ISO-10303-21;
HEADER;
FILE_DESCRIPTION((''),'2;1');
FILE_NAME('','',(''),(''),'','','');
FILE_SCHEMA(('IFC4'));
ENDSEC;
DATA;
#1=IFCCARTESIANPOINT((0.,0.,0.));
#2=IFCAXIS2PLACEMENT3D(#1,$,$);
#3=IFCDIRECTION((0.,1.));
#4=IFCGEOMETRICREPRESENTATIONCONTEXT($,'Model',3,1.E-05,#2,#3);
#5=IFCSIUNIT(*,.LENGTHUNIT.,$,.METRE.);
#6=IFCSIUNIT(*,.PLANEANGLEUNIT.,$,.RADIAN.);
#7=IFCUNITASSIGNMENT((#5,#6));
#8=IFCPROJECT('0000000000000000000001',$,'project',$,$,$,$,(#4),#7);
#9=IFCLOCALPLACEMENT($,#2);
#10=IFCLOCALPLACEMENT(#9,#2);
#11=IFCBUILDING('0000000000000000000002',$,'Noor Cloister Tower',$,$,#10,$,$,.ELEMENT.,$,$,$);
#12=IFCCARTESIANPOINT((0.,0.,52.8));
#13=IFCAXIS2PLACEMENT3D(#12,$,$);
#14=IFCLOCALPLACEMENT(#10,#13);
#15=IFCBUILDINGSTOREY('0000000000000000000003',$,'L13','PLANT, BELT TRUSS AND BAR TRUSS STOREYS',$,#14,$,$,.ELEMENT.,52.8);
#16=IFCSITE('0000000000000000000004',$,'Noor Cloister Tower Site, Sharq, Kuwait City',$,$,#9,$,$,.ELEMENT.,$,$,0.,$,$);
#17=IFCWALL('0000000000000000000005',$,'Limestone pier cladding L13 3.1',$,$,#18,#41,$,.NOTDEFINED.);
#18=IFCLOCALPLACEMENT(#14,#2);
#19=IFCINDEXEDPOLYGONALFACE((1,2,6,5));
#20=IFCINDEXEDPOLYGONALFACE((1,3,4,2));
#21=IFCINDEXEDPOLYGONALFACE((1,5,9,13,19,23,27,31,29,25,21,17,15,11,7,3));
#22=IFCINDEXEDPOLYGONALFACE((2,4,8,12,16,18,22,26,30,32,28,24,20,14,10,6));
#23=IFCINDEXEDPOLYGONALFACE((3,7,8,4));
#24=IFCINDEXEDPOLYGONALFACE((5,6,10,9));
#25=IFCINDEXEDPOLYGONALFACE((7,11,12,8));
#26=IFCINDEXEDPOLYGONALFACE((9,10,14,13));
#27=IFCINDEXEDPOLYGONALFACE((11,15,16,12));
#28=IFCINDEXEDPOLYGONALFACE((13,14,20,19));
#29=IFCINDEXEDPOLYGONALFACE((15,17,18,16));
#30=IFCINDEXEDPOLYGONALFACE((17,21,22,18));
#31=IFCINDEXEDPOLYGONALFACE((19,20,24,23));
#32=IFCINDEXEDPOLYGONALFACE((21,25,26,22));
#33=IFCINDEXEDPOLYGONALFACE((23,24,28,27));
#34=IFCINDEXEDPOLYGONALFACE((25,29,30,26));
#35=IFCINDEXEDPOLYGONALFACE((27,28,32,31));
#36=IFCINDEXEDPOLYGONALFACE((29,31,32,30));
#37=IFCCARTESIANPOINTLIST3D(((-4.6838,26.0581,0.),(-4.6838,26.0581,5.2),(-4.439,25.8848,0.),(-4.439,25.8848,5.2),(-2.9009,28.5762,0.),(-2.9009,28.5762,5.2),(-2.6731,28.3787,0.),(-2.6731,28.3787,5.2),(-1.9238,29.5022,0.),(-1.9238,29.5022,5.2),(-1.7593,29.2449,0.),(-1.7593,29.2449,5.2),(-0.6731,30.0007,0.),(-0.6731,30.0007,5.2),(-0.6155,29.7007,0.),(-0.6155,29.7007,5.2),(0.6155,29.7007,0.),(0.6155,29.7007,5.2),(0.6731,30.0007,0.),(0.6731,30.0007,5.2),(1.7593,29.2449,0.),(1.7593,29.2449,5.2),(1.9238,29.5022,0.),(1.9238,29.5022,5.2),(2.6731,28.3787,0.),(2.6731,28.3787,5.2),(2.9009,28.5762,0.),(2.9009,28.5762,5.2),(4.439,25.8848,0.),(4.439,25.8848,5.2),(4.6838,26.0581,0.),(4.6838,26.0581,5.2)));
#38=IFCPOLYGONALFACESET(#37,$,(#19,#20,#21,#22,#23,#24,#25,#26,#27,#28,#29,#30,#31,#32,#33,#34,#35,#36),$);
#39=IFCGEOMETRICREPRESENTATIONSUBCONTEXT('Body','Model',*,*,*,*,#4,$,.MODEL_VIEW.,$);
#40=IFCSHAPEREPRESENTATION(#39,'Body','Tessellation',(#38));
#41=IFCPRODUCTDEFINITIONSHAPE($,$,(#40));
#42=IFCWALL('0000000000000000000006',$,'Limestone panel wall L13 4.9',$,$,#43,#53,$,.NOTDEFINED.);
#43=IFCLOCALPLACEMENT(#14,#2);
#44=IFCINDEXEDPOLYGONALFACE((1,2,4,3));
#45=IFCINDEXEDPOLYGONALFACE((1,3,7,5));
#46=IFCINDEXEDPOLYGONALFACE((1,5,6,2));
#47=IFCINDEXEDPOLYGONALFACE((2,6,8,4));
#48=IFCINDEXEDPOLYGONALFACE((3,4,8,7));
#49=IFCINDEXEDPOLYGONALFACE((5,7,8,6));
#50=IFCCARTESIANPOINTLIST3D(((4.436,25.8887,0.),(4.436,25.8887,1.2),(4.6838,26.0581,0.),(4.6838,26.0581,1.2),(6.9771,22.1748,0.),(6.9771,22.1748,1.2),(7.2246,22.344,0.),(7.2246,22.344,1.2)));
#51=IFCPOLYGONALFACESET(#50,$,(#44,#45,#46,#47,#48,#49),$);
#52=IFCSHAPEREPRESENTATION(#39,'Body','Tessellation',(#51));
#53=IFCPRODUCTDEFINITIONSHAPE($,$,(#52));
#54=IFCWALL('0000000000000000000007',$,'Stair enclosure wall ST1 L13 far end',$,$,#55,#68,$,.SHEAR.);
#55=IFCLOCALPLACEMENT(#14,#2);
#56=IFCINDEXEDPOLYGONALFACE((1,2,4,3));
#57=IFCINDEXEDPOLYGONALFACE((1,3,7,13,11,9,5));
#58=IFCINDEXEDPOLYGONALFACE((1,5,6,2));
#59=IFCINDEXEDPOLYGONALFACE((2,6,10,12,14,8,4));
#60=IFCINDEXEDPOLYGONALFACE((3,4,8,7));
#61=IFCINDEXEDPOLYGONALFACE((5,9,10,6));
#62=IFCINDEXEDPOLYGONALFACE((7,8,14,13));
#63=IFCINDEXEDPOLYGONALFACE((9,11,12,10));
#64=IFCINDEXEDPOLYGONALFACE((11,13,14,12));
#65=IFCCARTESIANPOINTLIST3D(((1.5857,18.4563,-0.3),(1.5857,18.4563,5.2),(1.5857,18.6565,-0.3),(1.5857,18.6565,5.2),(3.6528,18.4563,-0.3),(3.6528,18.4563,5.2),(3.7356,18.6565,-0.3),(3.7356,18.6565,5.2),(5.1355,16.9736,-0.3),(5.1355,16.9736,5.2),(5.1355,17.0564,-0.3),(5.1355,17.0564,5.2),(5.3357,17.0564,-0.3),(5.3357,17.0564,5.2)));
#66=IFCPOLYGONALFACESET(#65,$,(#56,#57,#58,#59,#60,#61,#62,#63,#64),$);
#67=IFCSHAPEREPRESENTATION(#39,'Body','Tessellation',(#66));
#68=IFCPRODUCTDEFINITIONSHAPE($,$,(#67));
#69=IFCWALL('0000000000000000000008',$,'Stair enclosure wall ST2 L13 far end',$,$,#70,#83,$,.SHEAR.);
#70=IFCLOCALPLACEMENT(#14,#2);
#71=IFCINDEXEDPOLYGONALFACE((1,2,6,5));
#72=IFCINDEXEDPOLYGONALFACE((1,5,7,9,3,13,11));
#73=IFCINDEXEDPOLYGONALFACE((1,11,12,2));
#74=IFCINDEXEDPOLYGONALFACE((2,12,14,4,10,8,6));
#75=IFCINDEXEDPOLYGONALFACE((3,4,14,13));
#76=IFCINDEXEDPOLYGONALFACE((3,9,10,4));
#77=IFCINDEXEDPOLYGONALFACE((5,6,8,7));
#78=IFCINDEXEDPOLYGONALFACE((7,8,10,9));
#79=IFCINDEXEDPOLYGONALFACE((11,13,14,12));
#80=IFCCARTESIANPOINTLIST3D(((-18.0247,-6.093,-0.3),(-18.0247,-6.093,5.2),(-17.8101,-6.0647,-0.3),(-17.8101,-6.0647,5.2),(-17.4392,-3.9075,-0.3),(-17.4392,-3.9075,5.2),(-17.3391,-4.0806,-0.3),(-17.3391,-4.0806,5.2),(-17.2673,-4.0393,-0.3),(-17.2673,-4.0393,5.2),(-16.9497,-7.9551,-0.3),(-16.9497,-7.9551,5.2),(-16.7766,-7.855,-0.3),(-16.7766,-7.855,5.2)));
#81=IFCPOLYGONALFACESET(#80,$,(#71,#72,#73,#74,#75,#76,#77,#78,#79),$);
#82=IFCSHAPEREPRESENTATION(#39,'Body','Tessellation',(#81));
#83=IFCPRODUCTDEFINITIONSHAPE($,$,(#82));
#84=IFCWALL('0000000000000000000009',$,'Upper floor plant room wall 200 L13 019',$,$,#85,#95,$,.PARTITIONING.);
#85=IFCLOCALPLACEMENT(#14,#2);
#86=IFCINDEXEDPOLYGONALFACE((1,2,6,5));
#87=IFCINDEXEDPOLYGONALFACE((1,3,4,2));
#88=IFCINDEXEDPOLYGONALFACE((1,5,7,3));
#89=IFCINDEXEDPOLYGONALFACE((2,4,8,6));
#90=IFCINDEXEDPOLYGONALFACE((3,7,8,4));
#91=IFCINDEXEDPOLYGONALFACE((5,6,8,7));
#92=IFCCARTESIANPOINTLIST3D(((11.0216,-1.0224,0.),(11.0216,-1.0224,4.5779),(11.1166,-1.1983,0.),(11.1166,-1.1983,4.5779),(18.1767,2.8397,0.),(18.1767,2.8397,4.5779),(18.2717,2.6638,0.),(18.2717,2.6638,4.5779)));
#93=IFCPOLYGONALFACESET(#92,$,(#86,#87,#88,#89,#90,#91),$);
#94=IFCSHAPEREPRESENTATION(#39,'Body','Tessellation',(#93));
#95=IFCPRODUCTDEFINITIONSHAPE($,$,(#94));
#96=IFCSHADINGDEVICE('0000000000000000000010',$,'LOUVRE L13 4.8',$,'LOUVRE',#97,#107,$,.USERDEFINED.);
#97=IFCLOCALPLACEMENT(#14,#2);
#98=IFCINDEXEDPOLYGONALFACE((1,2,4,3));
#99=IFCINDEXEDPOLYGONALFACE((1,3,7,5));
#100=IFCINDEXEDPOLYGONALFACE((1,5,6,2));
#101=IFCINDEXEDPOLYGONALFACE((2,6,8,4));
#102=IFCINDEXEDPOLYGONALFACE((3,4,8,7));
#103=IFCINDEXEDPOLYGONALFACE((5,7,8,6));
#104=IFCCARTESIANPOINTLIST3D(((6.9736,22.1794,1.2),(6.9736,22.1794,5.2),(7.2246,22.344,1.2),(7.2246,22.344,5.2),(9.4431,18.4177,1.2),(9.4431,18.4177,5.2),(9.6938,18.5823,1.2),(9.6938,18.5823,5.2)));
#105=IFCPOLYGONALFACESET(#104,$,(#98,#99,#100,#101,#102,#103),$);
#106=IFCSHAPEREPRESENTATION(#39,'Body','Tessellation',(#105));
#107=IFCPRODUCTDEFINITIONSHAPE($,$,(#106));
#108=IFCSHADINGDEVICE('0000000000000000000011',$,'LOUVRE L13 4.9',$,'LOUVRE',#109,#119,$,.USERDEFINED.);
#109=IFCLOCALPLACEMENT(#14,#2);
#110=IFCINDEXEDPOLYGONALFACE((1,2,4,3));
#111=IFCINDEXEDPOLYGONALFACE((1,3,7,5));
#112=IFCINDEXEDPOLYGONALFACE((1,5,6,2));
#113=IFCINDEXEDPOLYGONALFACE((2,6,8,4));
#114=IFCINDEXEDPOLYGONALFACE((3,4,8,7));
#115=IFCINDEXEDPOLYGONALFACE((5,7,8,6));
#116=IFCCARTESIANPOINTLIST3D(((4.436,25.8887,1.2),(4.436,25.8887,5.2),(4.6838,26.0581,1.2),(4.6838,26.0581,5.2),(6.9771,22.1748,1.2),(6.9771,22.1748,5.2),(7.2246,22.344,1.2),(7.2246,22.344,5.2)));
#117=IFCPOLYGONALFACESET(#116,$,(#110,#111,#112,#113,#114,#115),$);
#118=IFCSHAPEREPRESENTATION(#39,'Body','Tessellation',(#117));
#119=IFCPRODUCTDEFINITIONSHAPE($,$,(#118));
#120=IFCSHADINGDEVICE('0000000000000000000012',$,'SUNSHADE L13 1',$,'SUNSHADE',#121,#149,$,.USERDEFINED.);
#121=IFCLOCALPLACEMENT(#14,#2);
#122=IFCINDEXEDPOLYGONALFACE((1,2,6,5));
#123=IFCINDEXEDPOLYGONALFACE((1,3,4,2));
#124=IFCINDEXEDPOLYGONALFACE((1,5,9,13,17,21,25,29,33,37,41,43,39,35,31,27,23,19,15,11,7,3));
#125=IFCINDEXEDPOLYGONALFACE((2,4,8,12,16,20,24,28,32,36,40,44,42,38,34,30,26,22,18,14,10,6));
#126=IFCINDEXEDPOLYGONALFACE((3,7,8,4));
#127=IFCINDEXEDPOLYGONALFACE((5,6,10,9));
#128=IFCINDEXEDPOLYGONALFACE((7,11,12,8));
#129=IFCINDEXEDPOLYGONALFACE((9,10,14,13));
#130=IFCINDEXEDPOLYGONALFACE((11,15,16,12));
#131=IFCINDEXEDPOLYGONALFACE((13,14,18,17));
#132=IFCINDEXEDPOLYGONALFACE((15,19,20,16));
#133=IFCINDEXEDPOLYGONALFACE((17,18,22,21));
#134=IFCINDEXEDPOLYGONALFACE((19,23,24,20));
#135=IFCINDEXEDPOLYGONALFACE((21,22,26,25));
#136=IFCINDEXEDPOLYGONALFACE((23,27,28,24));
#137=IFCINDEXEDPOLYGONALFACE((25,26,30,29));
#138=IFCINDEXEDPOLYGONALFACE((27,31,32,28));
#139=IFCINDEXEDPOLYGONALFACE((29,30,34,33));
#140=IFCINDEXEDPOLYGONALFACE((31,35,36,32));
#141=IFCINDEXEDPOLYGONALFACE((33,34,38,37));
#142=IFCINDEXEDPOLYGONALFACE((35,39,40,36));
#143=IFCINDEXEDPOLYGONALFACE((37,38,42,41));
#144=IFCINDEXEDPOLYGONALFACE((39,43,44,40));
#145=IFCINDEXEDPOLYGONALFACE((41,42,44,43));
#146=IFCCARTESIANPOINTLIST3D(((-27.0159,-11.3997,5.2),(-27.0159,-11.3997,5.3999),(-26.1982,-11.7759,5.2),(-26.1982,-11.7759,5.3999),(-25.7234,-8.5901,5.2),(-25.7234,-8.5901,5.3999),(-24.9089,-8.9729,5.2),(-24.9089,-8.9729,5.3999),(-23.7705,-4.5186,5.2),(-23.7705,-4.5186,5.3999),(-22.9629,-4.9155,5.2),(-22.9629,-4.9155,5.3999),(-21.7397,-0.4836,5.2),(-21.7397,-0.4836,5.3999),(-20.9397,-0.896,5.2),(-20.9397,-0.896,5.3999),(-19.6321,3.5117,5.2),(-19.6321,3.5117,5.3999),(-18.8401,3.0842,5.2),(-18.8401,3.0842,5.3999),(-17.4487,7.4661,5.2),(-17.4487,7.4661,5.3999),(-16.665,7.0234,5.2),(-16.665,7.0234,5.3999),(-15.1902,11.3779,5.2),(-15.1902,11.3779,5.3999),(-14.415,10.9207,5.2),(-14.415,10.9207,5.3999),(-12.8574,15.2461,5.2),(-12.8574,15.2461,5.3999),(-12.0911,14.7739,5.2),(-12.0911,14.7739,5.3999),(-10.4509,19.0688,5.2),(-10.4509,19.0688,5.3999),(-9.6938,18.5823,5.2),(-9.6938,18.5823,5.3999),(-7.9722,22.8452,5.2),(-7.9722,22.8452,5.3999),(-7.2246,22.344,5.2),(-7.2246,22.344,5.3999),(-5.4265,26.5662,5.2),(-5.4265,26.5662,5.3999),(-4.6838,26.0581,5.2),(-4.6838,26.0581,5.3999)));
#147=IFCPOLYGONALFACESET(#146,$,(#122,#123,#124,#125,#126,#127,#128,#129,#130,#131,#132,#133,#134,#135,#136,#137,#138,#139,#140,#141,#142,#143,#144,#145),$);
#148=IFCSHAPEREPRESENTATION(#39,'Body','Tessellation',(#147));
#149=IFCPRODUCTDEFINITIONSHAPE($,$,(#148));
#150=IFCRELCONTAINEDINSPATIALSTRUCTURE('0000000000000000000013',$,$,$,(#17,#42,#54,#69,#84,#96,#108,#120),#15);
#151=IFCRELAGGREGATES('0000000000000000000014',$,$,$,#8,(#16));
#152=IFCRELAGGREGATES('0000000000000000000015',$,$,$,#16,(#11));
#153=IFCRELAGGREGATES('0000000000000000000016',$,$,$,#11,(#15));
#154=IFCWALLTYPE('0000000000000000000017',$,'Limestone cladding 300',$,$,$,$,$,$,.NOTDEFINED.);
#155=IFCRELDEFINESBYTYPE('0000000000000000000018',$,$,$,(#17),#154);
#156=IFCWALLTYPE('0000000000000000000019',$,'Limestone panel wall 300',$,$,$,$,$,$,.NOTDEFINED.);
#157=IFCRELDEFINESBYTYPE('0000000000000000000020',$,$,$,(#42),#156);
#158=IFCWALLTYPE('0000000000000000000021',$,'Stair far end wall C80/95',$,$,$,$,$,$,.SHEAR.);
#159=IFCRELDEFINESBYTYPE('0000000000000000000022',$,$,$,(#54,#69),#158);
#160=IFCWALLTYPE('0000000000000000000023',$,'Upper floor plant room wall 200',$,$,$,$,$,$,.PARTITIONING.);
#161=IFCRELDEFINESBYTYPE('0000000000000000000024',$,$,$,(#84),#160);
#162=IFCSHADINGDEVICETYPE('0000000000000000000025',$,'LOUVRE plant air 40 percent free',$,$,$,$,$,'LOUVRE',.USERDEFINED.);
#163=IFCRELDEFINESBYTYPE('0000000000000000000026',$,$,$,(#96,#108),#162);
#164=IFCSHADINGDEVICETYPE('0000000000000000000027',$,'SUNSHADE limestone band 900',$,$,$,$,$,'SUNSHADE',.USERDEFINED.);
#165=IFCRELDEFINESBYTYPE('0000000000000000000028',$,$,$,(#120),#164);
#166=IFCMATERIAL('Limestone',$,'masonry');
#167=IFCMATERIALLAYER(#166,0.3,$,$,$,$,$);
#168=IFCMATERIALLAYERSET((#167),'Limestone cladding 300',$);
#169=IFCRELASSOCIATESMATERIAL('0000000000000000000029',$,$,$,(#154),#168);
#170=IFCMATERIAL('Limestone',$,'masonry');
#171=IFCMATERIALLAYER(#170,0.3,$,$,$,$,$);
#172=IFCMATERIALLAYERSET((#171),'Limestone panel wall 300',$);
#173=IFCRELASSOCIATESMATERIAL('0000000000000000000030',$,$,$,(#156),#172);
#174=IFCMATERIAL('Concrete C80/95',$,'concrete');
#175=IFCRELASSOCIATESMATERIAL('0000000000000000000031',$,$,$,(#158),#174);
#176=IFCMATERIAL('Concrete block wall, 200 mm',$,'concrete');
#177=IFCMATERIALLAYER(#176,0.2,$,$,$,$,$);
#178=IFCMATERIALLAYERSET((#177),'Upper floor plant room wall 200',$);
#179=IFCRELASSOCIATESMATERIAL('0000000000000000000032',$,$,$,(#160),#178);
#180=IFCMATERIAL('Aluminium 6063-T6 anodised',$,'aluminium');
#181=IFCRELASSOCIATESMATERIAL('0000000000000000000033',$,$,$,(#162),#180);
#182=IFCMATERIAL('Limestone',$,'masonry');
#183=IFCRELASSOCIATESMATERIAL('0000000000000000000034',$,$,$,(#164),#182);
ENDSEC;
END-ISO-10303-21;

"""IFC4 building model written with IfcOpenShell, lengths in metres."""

from ifc_helpers import new_model, si_unit, direction, frame, frame_2d, origin, place, context, subcontext, project, spatial, polyline, rectangle, outline, extrude, material, layer, layer_set, type_object, element, save


model = new_model("IFC4")

# Units and contexts
model_context = context("Model", 3, precision=1e-05, world=origin(), true_north=direction((0.0, 1.0)))
body_context = subcontext(model_context, "Body", "Model", "MODEL_VIEW")
ifc_project = project(units=[si_unit("LENGTHUNIT", "METRE"), si_unit("PLANEANGLEUNIT", "RADIAN")], contexts=[model_context])

# Site, building, storey
site_placement = place(None, origin())
site = spatial("IfcSite", under=ifc_project, at=site_placement, Name="Noor Cloister Tower Site, Sharq, Kuwait City", CompositionType="ELEMENT", RefElevation=0.0)
building_placement = place(site_placement, origin())
building = spatial("IfcBuilding", under=site, at=building_placement, Name="Noor Cloister Tower", CompositionType="ELEMENT")
storey_placement = place(building_placement, frame((0.0, 0.0, 52.8)))
storey = spatial("IfcBuildingStorey", under=building, at=storey_placement, Name="L13", Description="PLANT, BELT TRUSS AND BAR TRUSS STOREYS", CompositionType="ELEMENT", Elevation=52.8)

# Walls
ifc_material_1 = material(Name="Limestone", Category="masonry")
ifc_layer_1 = layer(ifc_material_1, 0.3)
ifc_layer_set_1 = layer_set([ifc_layer_1], Name="Limestone cladding 300")
wall_type_1 = type_object("IfcWallType", Name="Limestone cladding 300", PredefinedType="NOTDEFINED", material=ifc_layer_set_1)
wall_1_placement = place(storey_placement, origin())
element("IfcWall", 1, at=wall_1_placement, inside=storey, type_object=wall_type_1, Name="Limestone pier cladding L13 3.1", PredefinedType="NOTDEFINED", context=body_context, shape_type="SweptSolid", body=[
    extrude(outline(polyline([(4.6838, 26.0581), (2.9009, 28.5762), (1.9238, 29.5022), (0.6731, 30.0007), (-0.6731, 30.0007), (-1.9238, 29.5022), (-2.9009, 28.5762), (-4.6838, 26.0581), (-4.439, 25.8848), (-2.6731, 28.3787), (-1.7593, 29.2449), (-0.6155, 29.7007), (0.6155, 29.7007), (1.7593, 29.2449), (2.6731, 28.3787), (4.439, 25.8848), (4.6838, 26.0581)])), origin(), (0.0, 0.0, 1.0), 5.2),
])
ifc_material_2 = material(Name="Limestone", Category="masonry")
ifc_layer_2 = layer(ifc_material_2, 0.3)
ifc_layer_set_2 = layer_set([ifc_layer_2], Name="Limestone panel wall 300")
wall_type_2 = type_object("IfcWallType", Name="Limestone panel wall 300", PredefinedType="NOTDEFINED", material=ifc_layer_set_2)
wall_2_placement = place(storey_placement, origin())
element("IfcWall", 2, at=wall_2_placement, inside=storey, type_object=wall_type_2, Name="Limestone panel wall L13 4.9", PredefinedType="NOTDEFINED", context=body_context, shape_type="SweptSolid", body=[
    extrude(outline(polyline([(7.2246, 22.344), (4.6838, 26.0581), (4.436, 25.8887), (6.9771, 22.1748), (7.2246, 22.344)])), origin(), (0.0, 0.0, 1.0), 1.2),
])
ifc_material_3 = material(Name="Concrete C80/95", Category="concrete")
wall_type_3 = type_object("IfcWallType", Name="Stair far end wall C80/95", PredefinedType="SHEAR", material=ifc_material_3)
wall_3_placement = place(storey_placement, frame((0.0, 0.0, -0.3)))
element("IfcWall", 3, at=wall_3_placement, inside=storey, type_object=wall_type_3, Name="Stair enclosure wall ST1 L13 far end", PredefinedType="SHEAR", context=body_context, shape_type="SweptSolid", body=[
    extrude(outline(polyline([(5.3357, 17.0564), (3.7356, 18.6565), (1.5857, 18.6565), (1.5857, 18.4563), (3.6528, 18.4563), (5.1355, 16.9736), (5.1355, 17.0564), (5.1355, 17.0564), (5.1355, 17.0564), (5.1355, 17.0564), (5.1355, 17.0564), (5.1355, 17.0564), (5.1355, 17.0564), (5.1355, 17.0564), (5.1355, 17.0564), (5.1355, 17.0564), (5.1355, 17.0564), (5.1355, 17.0564), (5.1355, 17.0564), (5.1355, 17.0564), (5.1355, 17.0564), (5.1355, 17.0564), (5.1355, 17.0564), (5.3357, 17.0564)])), origin(), (0.0, 0.0, 1.0), 5.5),
])
wall_4_placement = place(storey_placement, frame((0.0, 0.0, -0.3)))
element("IfcWall", 4, at=wall_4_placement, inside=storey, type_object=wall_type_3, Name="Stair enclosure wall ST2 L13 far end", PredefinedType="SHEAR", context=body_context, shape_type="SweptSolid", body=[
    extrude(outline(polyline([(-17.4392, -3.9075), (-18.0247, -6.093), (-16.9497, -7.9551), (-16.7766, -7.855), (-17.8101, -6.0647), (-17.2673, -4.0393), (-17.3391, -4.0806), (-17.3391, -4.0806), (-17.3391, -4.0806), (-17.3391, -4.0806), (-17.3391, -4.0806), (-17.3391, -4.0806), (-17.3391, -4.0806), (-17.3391, -4.0806), (-17.3391, -4.0806), (-17.3391, -4.0806), (-17.3391, -4.0806), (-17.3391, -4.0806), (-17.3391, -4.0806), (-17.3391, -4.0806), (-17.3391, -4.0806), (-17.3391, -4.0806), (-17.3391, -4.0806), (-17.4392, -3.9075)])), origin(), (0.0, 0.0, 1.0), 5.5),
])
ifc_material_4 = material(Name="Concrete block wall, 200 mm", Category="concrete")
ifc_layer_3 = layer(ifc_material_4, 0.2)
ifc_layer_set_3 = layer_set([ifc_layer_3], Name="Upper floor plant room wall 200")
wall_type_4 = type_object("IfcWallType", Name="Upper floor plant room wall 200", PredefinedType="PARTITIONING", material=ifc_layer_set_3)
wall_5_placement = place(storey_placement, frame((11.0691, -1.1104, 0.0), z_axis=(0.0, 0.0, 1.0), x_axis=(0.87999, 0.474991, 0.0)))
element("IfcWall", 5, at=wall_5_placement, inside=storey, type_object=wall_type_4, Name="Upper floor plant room wall 200 L13 019", PredefinedType="PARTITIONING", context=body_context, shape_type="SweptSolid", body=[
    extrude(rectangle(XDim=8.1309, YDim=0.2, at=frame_2d((4.0654, 0.0))), origin(), (0.0, 0.0, 1.0), 4.5779),
])

# Shading devices
ifc_material_5 = material(Name="Aluminium 6063-T6 anodised", Category="aluminium")
shading_device_type_1 = type_object("IfcShadingDeviceType", Name="LOUVRE plant air 40 percent free", ElementType="LOUVRE", PredefinedType="USERDEFINED", material=ifc_material_5)
shading_device_1_placement = place(storey_placement, frame((0.0, 0.0, 1.2)))
element("IfcShadingDevice", 6, at=shading_device_1_placement, inside=storey, type_object=shading_device_type_1, Name="LOUVRE L13 4.8", ObjectType="LOUVRE", PredefinedType="USERDEFINED", context=body_context, shape_type="SweptSolid", body=[
    extrude(outline(polyline([(9.6938, 18.5823), (7.2246, 22.344), (6.9736, 22.1794), (9.4431, 18.4177), (9.6938, 18.5823)])), origin(), (0.0, 0.0, 1.0), 4.0),
])
shading_device_2_placement = place(storey_placement, frame((0.0, 0.0, 1.2)))
element("IfcShadingDevice", 7, at=shading_device_2_placement, inside=storey, type_object=shading_device_type_1, Name="LOUVRE L13 4.9", ObjectType="LOUVRE", PredefinedType="USERDEFINED", context=body_context, shape_type="SweptSolid", body=[
    extrude(outline(polyline([(7.2246, 22.344), (4.6838, 26.0581), (4.436, 25.8887), (6.9771, 22.1748), (7.2246, 22.344)])), origin(), (0.0, 0.0, 1.0), 4.0),
])
ifc_material_6 = material(Name="Limestone", Category="masonry")
shading_device_type_2 = type_object("IfcShadingDeviceType", Name="SUNSHADE limestone band 900", ElementType="SUNSHADE", PredefinedType="USERDEFINED", material=ifc_material_6)
shading_device_3_placement = place(storey_placement, frame((0.0, 0.0, 5.2)))
element("IfcShadingDevice", 8, at=shading_device_3_placement, inside=storey, type_object=shading_device_type_2, Name="SUNSHADE L13 1", ObjectType="SUNSHADE", PredefinedType="USERDEFINED", context=body_context, shape_type="SweptSolid", body=[
    extrude(outline(polyline([(-5.4265, 26.5662), (-7.9722, 22.8452), (-10.4509, 19.0688), (-12.8574, 15.2461), (-15.1902, 11.3779), (-17.4487, 7.4661), (-19.6321, 3.5117), (-21.7397, -0.4836), (-23.7705, -4.5186), (-25.7234, -8.5901), (-27.0159, -11.3997), (-26.1982, -11.7759), (-24.9089, -8.9729), (-22.9629, -4.9155), (-20.9397, -0.896), (-18.8401, 3.0842), (-16.665, 7.0234), (-14.415, 10.9207), (-12.0911, 14.7739), (-9.6938, 18.5823), (-7.2246, 22.344), (-4.6838, 26.0581), (-5.4265, 26.5662)])), origin(), (0.0, 0.0, 1.0), 0.2),
])

save(model, "model.ifc")
